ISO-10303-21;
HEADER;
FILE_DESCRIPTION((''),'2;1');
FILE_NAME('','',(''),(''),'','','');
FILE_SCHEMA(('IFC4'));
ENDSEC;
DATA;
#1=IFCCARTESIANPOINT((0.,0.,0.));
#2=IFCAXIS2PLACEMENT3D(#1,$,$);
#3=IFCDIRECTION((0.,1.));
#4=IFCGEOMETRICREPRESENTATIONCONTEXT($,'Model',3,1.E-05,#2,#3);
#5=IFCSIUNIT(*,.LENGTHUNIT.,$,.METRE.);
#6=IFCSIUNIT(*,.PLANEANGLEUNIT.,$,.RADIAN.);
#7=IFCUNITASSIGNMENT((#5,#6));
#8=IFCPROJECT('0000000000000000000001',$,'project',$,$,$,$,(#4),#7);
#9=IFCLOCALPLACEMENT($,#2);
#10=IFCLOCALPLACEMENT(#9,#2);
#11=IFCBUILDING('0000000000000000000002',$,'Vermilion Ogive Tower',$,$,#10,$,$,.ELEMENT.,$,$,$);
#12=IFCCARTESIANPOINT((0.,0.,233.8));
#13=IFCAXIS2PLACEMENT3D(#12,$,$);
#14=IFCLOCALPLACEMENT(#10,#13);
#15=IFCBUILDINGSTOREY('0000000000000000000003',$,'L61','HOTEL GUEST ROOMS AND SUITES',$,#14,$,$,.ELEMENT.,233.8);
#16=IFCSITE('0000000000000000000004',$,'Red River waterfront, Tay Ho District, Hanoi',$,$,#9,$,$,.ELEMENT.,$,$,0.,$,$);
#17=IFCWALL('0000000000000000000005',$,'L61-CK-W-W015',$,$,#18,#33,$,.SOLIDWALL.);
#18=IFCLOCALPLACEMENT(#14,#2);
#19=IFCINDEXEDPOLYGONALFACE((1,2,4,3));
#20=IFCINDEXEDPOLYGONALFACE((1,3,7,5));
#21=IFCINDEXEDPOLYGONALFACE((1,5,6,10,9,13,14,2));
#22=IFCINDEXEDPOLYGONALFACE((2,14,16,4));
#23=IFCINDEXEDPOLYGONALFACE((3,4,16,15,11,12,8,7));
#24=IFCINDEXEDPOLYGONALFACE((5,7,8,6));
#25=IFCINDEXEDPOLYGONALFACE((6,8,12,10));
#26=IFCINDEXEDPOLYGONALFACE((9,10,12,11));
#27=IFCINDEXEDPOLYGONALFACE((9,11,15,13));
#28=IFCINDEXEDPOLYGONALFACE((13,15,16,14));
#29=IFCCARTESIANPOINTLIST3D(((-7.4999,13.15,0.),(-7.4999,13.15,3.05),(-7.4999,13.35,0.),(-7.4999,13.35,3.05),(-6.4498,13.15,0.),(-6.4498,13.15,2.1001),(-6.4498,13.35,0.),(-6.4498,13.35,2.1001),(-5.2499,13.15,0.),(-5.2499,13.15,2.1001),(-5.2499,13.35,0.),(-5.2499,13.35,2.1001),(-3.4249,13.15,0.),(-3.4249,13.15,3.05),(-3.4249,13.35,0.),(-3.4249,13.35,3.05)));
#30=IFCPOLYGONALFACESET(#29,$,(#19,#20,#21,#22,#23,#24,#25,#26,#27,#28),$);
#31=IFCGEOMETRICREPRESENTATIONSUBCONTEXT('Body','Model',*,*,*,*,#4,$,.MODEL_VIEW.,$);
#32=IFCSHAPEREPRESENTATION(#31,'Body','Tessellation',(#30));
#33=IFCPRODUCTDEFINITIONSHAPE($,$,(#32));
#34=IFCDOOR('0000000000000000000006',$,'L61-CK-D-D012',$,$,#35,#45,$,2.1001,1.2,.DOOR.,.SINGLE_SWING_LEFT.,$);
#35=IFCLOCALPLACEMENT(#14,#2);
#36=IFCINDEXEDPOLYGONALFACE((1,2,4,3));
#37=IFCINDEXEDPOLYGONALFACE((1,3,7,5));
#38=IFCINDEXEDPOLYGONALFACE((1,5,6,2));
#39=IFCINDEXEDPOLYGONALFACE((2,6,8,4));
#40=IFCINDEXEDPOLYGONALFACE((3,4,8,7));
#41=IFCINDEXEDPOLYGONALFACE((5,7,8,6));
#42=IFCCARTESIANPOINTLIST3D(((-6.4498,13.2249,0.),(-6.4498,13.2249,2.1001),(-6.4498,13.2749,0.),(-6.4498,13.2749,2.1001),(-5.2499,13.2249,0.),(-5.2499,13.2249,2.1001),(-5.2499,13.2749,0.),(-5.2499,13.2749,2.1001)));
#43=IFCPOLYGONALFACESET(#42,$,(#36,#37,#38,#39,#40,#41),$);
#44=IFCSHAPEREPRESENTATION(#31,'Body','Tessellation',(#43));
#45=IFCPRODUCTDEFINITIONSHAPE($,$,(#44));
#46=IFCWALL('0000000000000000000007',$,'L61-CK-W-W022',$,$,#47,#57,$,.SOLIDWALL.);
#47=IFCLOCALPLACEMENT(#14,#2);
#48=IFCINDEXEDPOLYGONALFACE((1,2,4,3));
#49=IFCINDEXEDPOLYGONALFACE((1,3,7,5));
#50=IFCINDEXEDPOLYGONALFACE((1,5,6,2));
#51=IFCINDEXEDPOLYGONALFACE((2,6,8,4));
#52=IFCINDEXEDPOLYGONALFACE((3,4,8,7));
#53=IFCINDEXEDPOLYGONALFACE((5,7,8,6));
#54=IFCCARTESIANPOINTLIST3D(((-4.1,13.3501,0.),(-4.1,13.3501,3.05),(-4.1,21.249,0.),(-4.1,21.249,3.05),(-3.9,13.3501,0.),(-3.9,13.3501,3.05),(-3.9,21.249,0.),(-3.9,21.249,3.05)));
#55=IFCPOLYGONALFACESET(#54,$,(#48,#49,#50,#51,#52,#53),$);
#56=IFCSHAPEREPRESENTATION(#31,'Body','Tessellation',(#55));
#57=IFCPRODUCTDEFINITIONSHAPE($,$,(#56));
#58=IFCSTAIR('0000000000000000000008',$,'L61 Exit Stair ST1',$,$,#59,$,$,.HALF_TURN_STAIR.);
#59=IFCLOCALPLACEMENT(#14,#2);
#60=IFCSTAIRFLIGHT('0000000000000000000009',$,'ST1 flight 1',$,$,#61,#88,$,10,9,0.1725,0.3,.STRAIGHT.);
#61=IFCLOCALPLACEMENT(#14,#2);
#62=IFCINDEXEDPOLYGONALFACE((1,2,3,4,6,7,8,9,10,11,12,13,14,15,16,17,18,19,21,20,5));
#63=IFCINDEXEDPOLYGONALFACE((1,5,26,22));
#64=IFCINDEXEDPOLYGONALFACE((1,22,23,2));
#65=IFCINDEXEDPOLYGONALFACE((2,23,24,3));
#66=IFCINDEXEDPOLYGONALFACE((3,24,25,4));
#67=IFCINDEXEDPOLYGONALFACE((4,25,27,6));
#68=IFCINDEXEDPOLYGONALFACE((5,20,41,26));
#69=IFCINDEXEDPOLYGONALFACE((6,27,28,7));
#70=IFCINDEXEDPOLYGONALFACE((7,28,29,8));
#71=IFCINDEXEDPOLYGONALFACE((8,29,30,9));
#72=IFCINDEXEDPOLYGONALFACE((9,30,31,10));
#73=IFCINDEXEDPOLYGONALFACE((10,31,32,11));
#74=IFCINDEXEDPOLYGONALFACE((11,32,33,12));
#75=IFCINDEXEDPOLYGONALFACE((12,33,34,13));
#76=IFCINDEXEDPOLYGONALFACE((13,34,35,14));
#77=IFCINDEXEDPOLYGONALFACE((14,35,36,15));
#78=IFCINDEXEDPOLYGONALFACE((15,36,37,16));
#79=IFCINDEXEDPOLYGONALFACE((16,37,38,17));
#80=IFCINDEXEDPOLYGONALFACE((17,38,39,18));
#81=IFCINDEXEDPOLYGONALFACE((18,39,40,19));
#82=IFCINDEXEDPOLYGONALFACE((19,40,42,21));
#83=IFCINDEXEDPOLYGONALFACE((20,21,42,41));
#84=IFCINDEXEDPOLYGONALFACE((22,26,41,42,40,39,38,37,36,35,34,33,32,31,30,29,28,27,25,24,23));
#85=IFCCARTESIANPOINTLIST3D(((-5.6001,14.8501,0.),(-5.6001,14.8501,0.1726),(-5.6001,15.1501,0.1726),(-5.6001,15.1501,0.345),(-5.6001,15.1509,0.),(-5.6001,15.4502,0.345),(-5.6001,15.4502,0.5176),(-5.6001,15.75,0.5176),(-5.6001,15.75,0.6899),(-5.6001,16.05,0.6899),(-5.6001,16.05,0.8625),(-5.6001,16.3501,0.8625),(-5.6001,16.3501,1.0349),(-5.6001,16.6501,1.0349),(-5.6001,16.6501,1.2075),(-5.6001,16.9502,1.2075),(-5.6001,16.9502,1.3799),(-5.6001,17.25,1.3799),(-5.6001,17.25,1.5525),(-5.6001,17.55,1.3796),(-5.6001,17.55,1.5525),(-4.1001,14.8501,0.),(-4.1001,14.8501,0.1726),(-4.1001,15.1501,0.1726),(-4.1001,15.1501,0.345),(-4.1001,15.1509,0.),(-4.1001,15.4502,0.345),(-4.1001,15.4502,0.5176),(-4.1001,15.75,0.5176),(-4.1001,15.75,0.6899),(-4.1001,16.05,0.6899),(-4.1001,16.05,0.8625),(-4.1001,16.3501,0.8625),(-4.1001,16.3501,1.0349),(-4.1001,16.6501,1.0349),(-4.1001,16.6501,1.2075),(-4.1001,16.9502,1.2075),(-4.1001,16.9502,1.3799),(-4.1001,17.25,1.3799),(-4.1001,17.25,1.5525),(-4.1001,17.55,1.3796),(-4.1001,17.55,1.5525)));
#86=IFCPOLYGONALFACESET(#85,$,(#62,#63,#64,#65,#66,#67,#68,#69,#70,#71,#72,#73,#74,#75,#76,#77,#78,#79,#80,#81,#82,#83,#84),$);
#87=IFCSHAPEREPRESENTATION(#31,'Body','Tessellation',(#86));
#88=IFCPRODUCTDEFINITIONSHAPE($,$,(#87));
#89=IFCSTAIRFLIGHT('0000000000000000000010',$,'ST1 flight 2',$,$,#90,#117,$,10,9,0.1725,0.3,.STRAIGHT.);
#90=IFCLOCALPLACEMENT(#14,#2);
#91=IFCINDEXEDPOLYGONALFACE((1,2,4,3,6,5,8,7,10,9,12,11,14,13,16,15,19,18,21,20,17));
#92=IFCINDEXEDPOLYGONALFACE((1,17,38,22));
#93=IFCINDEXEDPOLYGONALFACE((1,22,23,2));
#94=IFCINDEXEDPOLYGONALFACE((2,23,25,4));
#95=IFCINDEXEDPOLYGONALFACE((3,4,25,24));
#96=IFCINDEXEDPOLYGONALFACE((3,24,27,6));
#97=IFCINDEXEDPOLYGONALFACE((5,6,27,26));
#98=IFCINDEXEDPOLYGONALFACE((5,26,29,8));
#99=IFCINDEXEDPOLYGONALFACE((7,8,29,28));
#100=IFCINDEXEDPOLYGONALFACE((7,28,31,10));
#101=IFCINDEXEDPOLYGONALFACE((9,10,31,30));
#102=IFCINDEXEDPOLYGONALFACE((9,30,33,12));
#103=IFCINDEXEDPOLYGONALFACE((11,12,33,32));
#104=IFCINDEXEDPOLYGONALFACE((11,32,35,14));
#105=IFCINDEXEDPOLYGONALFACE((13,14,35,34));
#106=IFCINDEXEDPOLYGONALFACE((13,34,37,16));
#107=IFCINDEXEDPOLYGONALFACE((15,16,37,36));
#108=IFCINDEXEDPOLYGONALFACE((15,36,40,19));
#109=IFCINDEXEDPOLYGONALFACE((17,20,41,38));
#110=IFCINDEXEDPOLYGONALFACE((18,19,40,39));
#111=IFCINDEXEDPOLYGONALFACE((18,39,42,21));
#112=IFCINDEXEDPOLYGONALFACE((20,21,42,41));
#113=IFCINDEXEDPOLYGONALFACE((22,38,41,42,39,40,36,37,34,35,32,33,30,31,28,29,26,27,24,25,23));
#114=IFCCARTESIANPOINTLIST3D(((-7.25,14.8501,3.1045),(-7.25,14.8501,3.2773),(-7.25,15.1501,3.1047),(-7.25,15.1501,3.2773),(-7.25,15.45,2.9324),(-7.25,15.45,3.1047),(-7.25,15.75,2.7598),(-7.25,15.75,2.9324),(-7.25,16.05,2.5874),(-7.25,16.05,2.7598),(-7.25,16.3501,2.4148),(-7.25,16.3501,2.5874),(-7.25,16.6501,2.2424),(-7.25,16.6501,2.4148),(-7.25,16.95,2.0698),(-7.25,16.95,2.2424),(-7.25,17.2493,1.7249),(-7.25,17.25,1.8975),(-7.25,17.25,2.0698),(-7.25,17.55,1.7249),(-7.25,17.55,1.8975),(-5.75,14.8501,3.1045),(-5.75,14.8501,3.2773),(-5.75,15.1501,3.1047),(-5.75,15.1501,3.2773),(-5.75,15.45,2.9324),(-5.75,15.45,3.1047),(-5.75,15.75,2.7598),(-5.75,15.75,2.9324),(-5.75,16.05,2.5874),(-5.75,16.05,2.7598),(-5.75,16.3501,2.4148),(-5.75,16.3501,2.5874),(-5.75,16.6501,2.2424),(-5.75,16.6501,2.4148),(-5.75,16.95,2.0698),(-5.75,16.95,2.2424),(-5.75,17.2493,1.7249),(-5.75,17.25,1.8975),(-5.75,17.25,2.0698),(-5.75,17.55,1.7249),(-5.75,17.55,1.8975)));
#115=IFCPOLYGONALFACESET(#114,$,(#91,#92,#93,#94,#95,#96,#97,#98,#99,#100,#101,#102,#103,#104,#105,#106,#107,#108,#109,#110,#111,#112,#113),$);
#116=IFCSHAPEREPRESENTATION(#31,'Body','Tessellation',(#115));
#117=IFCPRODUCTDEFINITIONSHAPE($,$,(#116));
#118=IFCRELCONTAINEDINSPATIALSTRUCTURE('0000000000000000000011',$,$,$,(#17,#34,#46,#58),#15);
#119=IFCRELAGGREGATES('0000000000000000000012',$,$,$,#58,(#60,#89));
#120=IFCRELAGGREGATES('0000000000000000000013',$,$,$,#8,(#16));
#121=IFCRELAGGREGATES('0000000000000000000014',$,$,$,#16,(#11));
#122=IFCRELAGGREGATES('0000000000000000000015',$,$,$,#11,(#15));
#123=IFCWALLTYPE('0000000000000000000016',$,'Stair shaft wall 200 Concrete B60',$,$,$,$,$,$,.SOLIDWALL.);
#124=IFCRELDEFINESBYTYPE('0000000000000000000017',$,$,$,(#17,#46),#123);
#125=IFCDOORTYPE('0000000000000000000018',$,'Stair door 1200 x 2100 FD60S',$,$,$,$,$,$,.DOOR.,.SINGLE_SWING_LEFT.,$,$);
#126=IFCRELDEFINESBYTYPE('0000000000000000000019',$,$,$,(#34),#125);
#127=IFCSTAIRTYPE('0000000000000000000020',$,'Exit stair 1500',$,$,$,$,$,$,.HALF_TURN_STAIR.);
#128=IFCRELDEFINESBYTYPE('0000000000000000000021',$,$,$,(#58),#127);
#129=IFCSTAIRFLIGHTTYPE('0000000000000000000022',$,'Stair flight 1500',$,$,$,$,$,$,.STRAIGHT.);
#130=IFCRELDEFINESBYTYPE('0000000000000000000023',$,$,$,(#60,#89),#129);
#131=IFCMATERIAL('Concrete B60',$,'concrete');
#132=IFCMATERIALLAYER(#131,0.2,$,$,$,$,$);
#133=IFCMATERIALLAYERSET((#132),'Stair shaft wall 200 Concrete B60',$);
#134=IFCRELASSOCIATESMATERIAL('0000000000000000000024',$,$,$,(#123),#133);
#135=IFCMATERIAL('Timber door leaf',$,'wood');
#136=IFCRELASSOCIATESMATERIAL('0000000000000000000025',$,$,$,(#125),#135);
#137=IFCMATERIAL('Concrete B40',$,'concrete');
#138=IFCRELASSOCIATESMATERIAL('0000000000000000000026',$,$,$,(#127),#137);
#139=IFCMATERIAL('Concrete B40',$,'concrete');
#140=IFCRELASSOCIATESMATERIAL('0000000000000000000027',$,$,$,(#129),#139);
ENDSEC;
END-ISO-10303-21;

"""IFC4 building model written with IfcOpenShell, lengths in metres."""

from ifc_helpers import new_model, si_unit, direction, frame, frame_2d, origin, place, context, subcontext, project, spatial, polyline, rectangle, outline, extrude, material, layer, layer_set, type_object, element, fill, aggregate, save


model = new_model("IFC4")

# Units and contexts
model_context = context("Model", 3, precision=1e-05, world=origin(), true_north=direction((0.0, 1.0)))
body_context = subcontext(model_context, "Body", "Model", "MODEL_VIEW")
ifc_project = project(units=[si_unit("LENGTHUNIT", "METRE"), si_unit("PLANEANGLEUNIT", "RADIAN")], contexts=[model_context])

# Site, building, storey
site_placement = place(None, origin())
site = spatial("IfcSite", under=ifc_project, at=site_placement, Name="Red River waterfront, Tay Ho District, Hanoi", CompositionType="ELEMENT", RefElevation=0.0)
building_placement = place(site_placement, origin())
building = spatial("IfcBuilding", under=site, at=building_placement, Name="Vermilion Ogive Tower", CompositionType="ELEMENT")
storey_placement = place(building_placement, frame((0.0, 0.0, 233.8)))
storey = spatial("IfcBuildingStorey", under=building, at=storey_placement, Name="L61", Description="HOTEL GUEST ROOMS AND SUITES", CompositionType="ELEMENT", Elevation=233.8)

# Wall, opening, door
ifc_material_1 = material(Name="Concrete B60", Category="concrete")
ifc_layer_1 = layer(ifc_material_1, 0.2)
ifc_layer_set_1 = layer_set([ifc_layer_1], Name="Stair shaft wall 200 Concrete B60")
wall_type_1 = type_object("IfcWallType", Name="Stair shaft wall 200 Concrete B60", PredefinedType="SOLIDWALL", material=ifc_layer_set_1)
wall_1_placement = place(storey_placement, frame((-7.5, 13.25, 0.0), z_axis=(0.0, 0.0, 1.0), x_axis=(1.0, 0.0, 0.0)))
wall_1 = element("IfcWall", 1, at=wall_1_placement, inside=storey, type_object=wall_type_1, Name="L61-CK-W-W015", PredefinedType="SOLIDWALL", context=body_context, shape_type="SweptSolid", body=[
    extrude(rectangle(XDim=4.075, YDim=0.2, at=frame_2d((2.0376, 0.0))), origin(), (0.0, 0.0, 1.0), 3.05),
])
opening_1_placement = place(wall_1_placement, frame((1.05, 0.0, 0.0)))
opening_1 = element("IfcOpeningElement", 2, at=opening_1_placement, cuts=wall_1, PredefinedType="OPENING", context=body_context, shape_type="SweptSolid", body=[
    extrude(rectangle(XDim=1.2, YDim=2.1001, at=frame_2d((0.6001, 1.05))), frame((0.0, 0.1099, 0.0), z_axis=(0.0, -1.0, 0.0), x_axis=(1.0, 0.0, 0.0)), (0.0, 0.0, 1.0), 0.22),
])
ifc_material_2 = material(Name="Timber door leaf", Category="wood")
door_type_1 = type_object("IfcDoorType", Name="Stair door 1200 x 2100 FD60S", OperationType="SINGLE_SWING_LEFT", PredefinedType="DOOR", material=ifc_material_2)
door_1_placement = place(opening_1_placement, origin())
door_1 = element("IfcDoor", 3, at=door_1_placement, inside=storey, type_object=door_type_1, Name="L61-CK-D-D012", OperationType="SINGLE_SWING_LEFT", OverallHeight=2.1001, OverallWidth=1.2, PredefinedType="DOOR", context=body_context, shape_type="SweptSolid", body=[
    extrude(rectangle(XDim=1.2, YDim=2.1001, at=frame_2d((0.6001, 1.05))), frame((0.0, 0.0249, 0.0), z_axis=(0.0, -1.0, 0.0), x_axis=(1.0, 0.0, 0.0)), (0.0, 0.0, 1.0), 0.05),
])
fill(opening_1, door_1)

# Wall
wall_2_placement = place(storey_placement, frame((-4.0, 13.3501, 0.0), z_axis=(0.0, 0.0, 1.0), x_axis=(0.0, 1.0, 0.0)))
element("IfcWall", 4, at=wall_2_placement, inside=storey, type_object=wall_type_1, Name="L61-CK-W-W022", PredefinedType="SOLIDWALL", context=body_context, shape_type="SweptSolid", body=[
    extrude(rectangle(XDim=7.8989, YDim=0.2, at=frame_2d((3.9495, 0.0))), origin(), (0.0, 0.0, 1.0), 3.05),
])

# Stair, stair flights
ifc_material_3 = material(Name="Concrete B40", Category="concrete")
stair_type = type_object("IfcStairType", Name="Exit stair 1500", PredefinedType="HALF_TURN_STAIR", material=ifc_material_3)
stair_placement = place(storey_placement, origin())
stair = element("IfcStair", 5, at=stair_placement, inside=storey, type_object=stair_type, Name="L61 Exit Stair ST1", PredefinedType="HALF_TURN_STAIR")
ifc_material_4 = material(Name="Concrete B40", Category="concrete")
stair_flight_type = type_object("IfcStairFlightType", Name="Stair flight 1500", PredefinedType="STRAIGHT", material=ifc_material_4)
stair_flight_1_placement = place(storey_placement, frame((-4.8501, 14.8501, 0.0), z_axis=(0.0, 0.0, 1.0), x_axis=(0.0, 1.0, 0.0)))
stair_flight_1 = element("IfcStairFlight", 6, at=stair_flight_1_placement, type_object=stair_flight_type, Name="ST1 flight 1", NumberOfRisers=10, NumberOfTreads=9, PredefinedType="STRAIGHT", RiserHeight=0.1725, TreadLength=0.3, context=body_context, shape_type="SweptSolid", body=[
    extrude(outline(polyline([(0.0, 0.0), (0.0, 0.1726), (0.3, 0.1726), (0.3, 0.345), (0.6001, 0.345), (0.6001, 0.5176), (0.8999, 0.5176), (0.8999, 0.6899), (1.2, 0.6899), (1.2, 0.8625), (1.5, 0.8625), (1.5, 1.0349), (1.8, 1.0349), (1.8, 1.2075), (2.1001, 1.2075), (2.1001, 1.3799), (2.3999, 1.3799), (2.3999, 1.5525), (2.7, 1.5525), (2.7, 1.7251), (2.7, 1.3796), (0.3008, 0.0), (0.0, 0.0)])), frame((0.0, 0.75, 0.0), z_axis=(0.0, -1.0, 0.0), x_axis=(1.0, 0.0, 0.0)), (0.0, 0.0, 1.0), 1.5),
])
stair_flight_2_placement = place(storey_placement, frame((-6.5, 17.55, 1.7249), z_axis=(0.0, 0.0, 1.0), x_axis=(0.0, -1.0, 0.0)))
stair_flight_2 = element("IfcStairFlight", 7, at=stair_flight_2_placement, type_object=stair_flight_type, Name="ST1 flight 2", NumberOfRisers=10, NumberOfTreads=9, PredefinedType="STRAIGHT", RiserHeight=0.1725, TreadLength=0.3, context=body_context, shape_type="SweptSolid", body=[
    extrude(outline(polyline([(0.0, 0.0), (0.0, 0.1726), (0.3, 0.1726), (0.3, 0.345), (0.6001, 0.345), (0.6001, 0.5176), (0.8999, 0.5176), (0.8999, 0.6899), (1.2, 0.6899), (1.2, 0.8625), (1.5, 0.8625), (1.5, 1.0349), (1.8, 1.0349), (1.8, 1.2075), (2.1001, 1.2075), (2.1001, 1.3799), (2.3999, 1.3799), (2.3999, 1.5525), (2.7, 1.5525), (2.7, 1.7251), (2.7, 1.3796), (0.3008, 0.0), (0.0, 0.0)])), frame((0.0, 0.75, 0.0), z_axis=(0.0, -1.0, 0.0), x_axis=(1.0, 0.0, 0.0)), (0.0, 0.0, 1.0), 1.5),
])
aggregate(stair, [stair_flight_1, stair_flight_2])

save(model, "model.ifc")
